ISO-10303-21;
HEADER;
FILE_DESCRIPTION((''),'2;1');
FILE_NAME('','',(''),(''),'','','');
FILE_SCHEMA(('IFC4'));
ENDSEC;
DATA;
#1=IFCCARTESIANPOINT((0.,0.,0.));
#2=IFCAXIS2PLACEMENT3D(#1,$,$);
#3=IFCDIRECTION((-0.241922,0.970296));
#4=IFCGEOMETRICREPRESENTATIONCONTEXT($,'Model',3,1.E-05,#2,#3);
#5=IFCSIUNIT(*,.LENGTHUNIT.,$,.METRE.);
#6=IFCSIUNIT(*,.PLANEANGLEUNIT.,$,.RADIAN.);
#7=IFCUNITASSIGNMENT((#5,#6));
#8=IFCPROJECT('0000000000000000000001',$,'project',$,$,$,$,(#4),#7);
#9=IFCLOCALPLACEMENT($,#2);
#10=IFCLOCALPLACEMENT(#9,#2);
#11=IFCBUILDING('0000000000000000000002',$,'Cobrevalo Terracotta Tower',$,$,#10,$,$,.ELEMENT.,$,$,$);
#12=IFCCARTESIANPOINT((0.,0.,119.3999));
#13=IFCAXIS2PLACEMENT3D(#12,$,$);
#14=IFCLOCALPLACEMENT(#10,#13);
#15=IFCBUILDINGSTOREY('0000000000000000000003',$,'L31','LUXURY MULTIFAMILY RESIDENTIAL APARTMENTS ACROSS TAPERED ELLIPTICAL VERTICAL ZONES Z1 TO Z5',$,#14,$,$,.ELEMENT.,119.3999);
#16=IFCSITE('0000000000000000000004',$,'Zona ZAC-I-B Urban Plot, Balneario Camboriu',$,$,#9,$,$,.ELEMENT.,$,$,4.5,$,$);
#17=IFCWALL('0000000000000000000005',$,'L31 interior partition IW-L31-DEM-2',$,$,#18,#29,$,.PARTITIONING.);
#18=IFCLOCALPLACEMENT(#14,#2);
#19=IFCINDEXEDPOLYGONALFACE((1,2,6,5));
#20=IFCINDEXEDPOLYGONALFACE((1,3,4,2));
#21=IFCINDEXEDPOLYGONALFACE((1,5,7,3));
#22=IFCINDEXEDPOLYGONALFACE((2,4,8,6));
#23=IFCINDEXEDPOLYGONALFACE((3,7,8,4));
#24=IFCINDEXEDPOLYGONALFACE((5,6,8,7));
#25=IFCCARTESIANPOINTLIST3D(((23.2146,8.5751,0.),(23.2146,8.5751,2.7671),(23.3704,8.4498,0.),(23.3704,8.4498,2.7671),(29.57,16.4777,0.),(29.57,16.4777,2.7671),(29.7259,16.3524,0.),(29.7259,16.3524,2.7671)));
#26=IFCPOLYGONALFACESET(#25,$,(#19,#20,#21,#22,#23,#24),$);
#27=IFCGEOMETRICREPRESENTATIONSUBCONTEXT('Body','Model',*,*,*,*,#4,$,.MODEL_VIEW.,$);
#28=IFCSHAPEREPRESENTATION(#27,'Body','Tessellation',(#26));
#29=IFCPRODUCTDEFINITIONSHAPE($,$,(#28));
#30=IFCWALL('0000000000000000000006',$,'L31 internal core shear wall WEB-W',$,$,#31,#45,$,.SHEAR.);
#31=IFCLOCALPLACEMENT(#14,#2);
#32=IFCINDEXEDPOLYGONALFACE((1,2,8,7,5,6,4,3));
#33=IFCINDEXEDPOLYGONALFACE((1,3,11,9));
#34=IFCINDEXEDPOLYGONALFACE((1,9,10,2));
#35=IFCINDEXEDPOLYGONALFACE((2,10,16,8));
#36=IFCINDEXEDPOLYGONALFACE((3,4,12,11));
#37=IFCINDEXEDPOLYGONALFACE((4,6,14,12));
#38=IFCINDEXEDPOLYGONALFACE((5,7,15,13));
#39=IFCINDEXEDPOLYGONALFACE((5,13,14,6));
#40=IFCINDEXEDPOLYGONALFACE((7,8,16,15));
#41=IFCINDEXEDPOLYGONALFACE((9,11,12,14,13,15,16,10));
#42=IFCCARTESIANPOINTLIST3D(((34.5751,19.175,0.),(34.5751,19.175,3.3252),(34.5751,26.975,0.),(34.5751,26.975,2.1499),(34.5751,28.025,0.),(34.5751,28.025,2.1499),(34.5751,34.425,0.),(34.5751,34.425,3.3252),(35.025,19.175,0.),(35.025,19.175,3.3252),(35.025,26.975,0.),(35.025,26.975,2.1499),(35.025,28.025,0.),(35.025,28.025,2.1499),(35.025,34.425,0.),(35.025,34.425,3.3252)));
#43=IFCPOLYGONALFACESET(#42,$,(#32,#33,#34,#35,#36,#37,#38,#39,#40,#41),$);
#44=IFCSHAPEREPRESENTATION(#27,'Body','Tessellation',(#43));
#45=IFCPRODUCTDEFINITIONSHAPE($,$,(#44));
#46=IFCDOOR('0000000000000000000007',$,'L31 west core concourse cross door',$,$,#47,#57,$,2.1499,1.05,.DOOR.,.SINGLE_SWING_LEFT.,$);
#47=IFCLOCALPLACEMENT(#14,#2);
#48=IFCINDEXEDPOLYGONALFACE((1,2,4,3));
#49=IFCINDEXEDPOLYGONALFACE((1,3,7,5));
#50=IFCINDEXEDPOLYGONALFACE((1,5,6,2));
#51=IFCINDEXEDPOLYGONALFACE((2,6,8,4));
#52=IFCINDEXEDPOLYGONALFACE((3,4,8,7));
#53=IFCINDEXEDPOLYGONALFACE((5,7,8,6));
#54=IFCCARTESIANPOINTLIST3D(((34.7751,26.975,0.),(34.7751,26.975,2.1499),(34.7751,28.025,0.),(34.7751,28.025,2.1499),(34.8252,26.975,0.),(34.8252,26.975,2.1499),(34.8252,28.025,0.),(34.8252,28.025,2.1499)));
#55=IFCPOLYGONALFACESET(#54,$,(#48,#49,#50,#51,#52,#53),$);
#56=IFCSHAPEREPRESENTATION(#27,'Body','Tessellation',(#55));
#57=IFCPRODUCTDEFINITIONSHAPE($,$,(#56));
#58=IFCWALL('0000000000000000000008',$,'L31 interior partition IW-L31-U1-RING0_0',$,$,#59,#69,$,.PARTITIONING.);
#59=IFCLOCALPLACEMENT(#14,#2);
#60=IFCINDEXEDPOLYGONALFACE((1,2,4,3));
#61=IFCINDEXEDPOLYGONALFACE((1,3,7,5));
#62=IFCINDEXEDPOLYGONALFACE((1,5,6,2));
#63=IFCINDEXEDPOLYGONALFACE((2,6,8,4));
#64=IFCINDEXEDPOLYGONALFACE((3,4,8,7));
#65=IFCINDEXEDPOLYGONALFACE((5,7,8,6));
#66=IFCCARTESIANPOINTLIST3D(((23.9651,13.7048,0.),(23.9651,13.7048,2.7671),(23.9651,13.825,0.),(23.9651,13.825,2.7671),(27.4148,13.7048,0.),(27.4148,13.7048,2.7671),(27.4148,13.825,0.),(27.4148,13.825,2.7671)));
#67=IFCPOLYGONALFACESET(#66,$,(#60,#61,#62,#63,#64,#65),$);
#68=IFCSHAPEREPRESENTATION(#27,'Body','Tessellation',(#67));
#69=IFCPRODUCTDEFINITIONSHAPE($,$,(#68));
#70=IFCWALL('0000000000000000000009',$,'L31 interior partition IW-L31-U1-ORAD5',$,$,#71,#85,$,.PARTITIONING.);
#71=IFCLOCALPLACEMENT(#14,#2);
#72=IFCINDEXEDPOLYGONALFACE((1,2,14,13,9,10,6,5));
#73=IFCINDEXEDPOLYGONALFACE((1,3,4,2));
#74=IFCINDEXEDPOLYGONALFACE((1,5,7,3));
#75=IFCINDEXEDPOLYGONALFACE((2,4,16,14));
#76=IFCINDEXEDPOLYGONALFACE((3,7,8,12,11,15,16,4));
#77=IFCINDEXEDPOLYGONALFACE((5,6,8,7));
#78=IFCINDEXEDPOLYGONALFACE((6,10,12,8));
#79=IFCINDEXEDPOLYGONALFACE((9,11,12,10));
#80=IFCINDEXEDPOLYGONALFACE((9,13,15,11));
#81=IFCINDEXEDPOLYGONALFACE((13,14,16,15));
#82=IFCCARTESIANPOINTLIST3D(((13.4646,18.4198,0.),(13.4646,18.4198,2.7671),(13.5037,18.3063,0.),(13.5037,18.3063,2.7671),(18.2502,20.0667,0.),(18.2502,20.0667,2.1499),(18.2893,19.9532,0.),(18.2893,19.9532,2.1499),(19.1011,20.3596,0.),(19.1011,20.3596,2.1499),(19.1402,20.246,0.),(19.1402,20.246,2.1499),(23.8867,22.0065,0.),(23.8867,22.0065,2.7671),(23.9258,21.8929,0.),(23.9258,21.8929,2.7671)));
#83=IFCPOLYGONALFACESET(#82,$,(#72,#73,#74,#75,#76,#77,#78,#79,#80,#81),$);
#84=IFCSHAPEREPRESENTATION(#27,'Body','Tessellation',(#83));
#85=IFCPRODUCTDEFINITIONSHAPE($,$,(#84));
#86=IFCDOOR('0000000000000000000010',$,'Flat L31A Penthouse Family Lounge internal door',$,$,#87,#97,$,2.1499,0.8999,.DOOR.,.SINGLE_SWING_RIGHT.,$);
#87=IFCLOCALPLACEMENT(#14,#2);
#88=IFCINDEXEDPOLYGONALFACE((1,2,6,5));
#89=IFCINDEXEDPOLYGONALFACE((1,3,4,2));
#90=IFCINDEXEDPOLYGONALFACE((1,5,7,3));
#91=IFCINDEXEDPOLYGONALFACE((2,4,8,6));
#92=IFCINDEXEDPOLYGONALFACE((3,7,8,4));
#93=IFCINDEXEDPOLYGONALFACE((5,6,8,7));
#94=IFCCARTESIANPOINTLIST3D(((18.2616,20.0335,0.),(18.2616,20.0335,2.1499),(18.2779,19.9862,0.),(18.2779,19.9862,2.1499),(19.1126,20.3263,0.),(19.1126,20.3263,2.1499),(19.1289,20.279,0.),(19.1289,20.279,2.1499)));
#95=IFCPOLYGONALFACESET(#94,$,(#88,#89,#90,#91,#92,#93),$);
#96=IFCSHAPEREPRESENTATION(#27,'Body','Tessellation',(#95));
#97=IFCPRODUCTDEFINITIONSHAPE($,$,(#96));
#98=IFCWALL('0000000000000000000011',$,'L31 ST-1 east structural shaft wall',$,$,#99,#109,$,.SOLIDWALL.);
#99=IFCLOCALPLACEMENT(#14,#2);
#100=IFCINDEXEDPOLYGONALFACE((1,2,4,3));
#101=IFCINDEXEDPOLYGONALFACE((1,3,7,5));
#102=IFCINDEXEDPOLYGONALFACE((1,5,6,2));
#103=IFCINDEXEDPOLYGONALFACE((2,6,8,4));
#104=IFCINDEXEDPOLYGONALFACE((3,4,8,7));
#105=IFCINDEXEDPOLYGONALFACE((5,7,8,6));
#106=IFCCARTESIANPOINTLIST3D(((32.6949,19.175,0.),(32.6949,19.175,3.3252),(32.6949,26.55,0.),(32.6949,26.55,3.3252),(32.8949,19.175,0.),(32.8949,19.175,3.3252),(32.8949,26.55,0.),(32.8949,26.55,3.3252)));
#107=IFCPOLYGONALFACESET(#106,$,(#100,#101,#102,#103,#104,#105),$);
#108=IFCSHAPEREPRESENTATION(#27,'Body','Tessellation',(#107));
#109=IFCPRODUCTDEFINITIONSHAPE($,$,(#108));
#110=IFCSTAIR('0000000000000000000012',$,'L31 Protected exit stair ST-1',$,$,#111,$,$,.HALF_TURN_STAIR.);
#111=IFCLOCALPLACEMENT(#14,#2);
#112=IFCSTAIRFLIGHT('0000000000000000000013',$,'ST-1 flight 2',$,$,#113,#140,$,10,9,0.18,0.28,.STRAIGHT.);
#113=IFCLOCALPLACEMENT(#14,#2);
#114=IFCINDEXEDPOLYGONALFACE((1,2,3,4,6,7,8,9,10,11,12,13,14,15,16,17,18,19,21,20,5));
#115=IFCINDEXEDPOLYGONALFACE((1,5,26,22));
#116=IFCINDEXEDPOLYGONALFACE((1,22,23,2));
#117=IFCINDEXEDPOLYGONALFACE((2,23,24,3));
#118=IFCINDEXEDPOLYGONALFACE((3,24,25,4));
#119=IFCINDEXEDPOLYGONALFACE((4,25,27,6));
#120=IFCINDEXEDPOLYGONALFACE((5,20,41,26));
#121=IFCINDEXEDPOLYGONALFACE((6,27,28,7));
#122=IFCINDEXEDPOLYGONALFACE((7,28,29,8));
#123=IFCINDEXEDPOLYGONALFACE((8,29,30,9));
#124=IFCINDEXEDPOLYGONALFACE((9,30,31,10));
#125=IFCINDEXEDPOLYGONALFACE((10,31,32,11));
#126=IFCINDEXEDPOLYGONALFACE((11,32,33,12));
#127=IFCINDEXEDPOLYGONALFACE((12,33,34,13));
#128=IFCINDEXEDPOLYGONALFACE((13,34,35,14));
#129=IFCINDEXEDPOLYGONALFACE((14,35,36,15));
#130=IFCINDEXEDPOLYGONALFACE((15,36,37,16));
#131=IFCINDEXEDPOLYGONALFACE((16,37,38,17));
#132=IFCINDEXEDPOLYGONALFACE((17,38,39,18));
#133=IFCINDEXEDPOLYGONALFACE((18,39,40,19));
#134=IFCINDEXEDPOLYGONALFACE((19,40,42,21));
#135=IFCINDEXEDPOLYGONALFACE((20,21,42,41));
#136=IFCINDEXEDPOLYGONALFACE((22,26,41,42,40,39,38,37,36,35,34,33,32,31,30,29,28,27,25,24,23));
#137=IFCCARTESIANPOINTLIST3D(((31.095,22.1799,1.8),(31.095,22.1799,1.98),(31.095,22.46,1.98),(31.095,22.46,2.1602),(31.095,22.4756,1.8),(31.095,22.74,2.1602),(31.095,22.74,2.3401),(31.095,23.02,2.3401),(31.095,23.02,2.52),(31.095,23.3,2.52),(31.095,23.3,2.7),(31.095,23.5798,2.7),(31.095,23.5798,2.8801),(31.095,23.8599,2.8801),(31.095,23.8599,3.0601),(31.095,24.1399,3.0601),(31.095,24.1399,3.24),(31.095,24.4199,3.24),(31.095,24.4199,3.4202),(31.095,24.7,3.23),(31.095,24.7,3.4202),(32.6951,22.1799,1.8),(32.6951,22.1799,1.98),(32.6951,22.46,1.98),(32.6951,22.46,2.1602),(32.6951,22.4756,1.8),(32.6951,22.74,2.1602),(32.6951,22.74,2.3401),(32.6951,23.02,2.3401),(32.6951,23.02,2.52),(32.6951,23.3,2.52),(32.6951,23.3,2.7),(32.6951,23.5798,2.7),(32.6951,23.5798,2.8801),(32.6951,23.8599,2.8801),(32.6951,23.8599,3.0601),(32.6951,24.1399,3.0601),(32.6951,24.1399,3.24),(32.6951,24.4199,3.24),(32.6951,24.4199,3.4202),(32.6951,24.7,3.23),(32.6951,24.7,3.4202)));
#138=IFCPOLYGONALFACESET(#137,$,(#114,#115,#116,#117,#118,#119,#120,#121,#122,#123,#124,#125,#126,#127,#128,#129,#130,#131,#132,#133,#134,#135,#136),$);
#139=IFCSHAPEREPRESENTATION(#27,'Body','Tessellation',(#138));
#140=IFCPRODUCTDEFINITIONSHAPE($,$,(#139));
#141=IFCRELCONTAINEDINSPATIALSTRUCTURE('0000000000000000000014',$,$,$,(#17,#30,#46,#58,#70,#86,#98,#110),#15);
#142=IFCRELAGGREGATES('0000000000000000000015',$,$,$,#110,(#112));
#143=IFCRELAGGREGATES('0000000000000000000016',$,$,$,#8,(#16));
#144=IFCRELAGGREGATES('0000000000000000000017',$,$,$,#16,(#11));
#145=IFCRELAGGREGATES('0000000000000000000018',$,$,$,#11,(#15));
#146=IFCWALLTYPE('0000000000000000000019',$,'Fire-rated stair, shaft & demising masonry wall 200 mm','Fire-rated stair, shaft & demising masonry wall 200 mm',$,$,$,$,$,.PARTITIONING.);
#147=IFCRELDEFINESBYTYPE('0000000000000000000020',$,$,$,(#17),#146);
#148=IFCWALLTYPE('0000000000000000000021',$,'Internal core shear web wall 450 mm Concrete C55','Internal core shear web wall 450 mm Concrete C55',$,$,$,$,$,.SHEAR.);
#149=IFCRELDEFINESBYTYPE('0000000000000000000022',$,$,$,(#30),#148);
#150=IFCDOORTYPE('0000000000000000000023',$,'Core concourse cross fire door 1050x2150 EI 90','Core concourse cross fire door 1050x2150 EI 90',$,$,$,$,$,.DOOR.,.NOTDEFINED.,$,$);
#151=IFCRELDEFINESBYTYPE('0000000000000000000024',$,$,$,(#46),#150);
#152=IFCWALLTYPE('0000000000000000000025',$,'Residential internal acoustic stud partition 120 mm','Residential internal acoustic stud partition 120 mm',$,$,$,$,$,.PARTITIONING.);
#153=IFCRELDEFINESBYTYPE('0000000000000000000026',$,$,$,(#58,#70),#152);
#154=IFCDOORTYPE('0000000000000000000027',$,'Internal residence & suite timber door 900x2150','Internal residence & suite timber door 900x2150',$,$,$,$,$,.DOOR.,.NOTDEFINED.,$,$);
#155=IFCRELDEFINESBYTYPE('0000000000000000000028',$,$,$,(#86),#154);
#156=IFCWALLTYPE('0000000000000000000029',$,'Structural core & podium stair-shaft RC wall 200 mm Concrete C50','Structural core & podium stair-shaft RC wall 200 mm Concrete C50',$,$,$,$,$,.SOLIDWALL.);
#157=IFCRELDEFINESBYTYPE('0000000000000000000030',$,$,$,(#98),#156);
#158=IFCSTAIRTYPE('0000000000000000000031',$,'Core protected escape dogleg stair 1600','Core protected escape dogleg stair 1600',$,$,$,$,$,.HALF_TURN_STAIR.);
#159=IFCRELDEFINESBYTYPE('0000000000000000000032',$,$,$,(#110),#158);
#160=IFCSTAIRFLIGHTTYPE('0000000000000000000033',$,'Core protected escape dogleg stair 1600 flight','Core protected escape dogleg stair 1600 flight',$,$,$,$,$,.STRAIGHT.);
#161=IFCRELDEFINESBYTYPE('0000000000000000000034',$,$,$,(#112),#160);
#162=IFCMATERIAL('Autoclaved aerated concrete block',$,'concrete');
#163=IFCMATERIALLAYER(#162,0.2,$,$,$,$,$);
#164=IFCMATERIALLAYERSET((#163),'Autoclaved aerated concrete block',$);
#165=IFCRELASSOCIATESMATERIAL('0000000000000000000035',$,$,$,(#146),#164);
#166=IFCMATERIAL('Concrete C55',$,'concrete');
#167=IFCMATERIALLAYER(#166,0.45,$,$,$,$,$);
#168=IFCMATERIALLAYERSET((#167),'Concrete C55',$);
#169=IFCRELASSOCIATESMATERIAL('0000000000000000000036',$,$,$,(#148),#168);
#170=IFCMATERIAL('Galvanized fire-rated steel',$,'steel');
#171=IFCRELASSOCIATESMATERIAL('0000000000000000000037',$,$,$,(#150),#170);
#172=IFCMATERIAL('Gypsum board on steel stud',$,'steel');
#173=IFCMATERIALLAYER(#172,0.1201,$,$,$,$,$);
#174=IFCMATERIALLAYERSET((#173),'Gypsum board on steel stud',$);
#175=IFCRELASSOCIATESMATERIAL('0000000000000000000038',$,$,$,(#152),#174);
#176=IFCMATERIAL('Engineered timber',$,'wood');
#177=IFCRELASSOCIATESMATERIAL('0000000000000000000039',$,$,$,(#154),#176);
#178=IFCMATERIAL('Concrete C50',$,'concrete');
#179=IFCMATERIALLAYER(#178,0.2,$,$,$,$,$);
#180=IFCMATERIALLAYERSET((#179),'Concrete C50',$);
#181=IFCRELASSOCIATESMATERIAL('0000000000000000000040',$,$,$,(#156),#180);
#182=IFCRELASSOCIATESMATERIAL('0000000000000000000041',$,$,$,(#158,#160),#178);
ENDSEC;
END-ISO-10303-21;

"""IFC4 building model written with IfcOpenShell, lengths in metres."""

from ifc_helpers import new_model, si_unit, direction, frame, frame_2d, origin, place, context, subcontext, project, spatial, polyline, rectangle, outline, extrude, source, transform, mapped, material, layer, layer_set, type_object, element, fill, aggregate, save


model = new_model("IFC4")

# Units and contexts
model_context = context("Model", 3, precision=1e-05, world=origin(), true_north=direction((-0.241922, 0.970296)))
body_context = subcontext(model_context, "Body", "Model", "MODEL_VIEW")
ifc_project = project(units=[si_unit("LENGTHUNIT", "METRE"), si_unit("PLANEANGLEUNIT", "RADIAN")], contexts=[model_context])

# Site, building, storey
site_placement = place(None, origin())
site = spatial("IfcSite", under=ifc_project, at=site_placement, Name="Zona ZAC-I-B Urban Plot, Balneario Camboriu", CompositionType="ELEMENT", RefElevation=4.5)
building_placement = place(site_placement, origin())
building = spatial("IfcBuilding", under=site, at=building_placement, Name="Cobrevalo Terracotta Tower", CompositionType="ELEMENT")
storey_placement = place(building_placement, frame((0.0, 0.0, 119.3999)))
storey = spatial("IfcBuildingStorey", under=building, at=storey_placement, Name="L31", Description="LUXURY MULTIFAMILY RESIDENTIAL APARTMENTS ACROSS TAPERED ELLIPTICAL VERTICAL ZONES Z1 TO Z5", CompositionType="ELEMENT", Elevation=119.3999)

# Shared definitions
ifc_material_1 = material(Name="Concrete C55", Category="concrete")

# Shared definitions
ifc_material_2 = material(Name="Galvanized fire-rated steel", Category="steel")

# Shared definitions
ifc_material_3 = material(Name="Gypsum board on steel stud", Category="steel")

# Wall
ifc_material_4 = material(Name="Autoclaved aerated concrete block", Category="concrete")
ifc_layer_1 = layer(ifc_material_4, 0.2)
ifc_layer_set_1 = layer_set([ifc_layer_1], Name="Autoclaved aerated concrete block")
wall_type_1 = type_object("IfcWallType", Name="Fire-rated stair, shaft & demising masonry wall 200 mm", Description="Fire-rated stair, shaft & demising masonry wall 200 mm", PredefinedType="PARTITIONING", material=ifc_layer_set_1)
wall_1_placement = place(storey_placement, frame((29.6479, 16.415, 0.0), z_axis=(0.0, 0.0, 1.0), x_axis=(-0.626701, -0.77926, 0.0)))
element("IfcWall", 1, at=wall_1_placement, inside=storey, type_object=wall_type_1, Name="L31 interior partition IW-L31-DEM-2", PredefinedType="PARTITIONING", context=body_context, shape_type="SweptSolid", body=[
    extrude(rectangle(XDim=10.1411, YDim=0.2, at=frame_2d((5.0706, 0.0))), origin(), (0.0, 0.0, 1.0), 2.7671),
])

# Wall, opening, door
ifc_layer_2 = layer(ifc_material_1, 0.45)
ifc_layer_set_2 = layer_set([ifc_layer_2], Name="Concrete C55")
wall_type_2 = type_object("IfcWallType", Name="Internal core shear web wall 450 mm Concrete C55", Description="Internal core shear web wall 450 mm Concrete C55", PredefinedType="SHEAR", material=ifc_layer_set_2)
wall_2_placement = place(storey_placement, frame((34.8, 19.175, 0.0), z_axis=(0.0, 0.0, 1.0), x_axis=(0.0, 1.0, 0.0)))
wall_2 = element("IfcWall", 2, at=wall_2_placement, inside=storey, type_object=wall_type_2, Name="L31 internal core shear wall WEB-W", PredefinedType="SHEAR", context=body_context, shape_type="SweptSolid", body=[
    extrude(rectangle(XDim=15.25, YDim=0.45, at=frame_2d((7.625, 0.0))), origin(), (0.0, 0.0, 1.0), 3.3252),
])
opening_1_placement = place(wall_2_placement, frame((7.8, 0.0, 0.0)))
opening_1 = element("IfcOpeningElement", 3, at=opening_1_placement, cuts=wall_2, PredefinedType="OPENING", context=body_context, shape_type="SweptSolid", body=[
    extrude(rectangle(XDim=1.05, YDim=2.1499, at=frame_2d((0.5249, 1.075))), frame((0.0, 0.2349, 0.0), z_axis=(0.0, -1.0, 0.0), x_axis=(1.0, 0.0, 0.0)), (0.0, 0.0, 1.0), 0.47),
])
door_type_1 = type_object("IfcDoorType", Name="Core concourse cross fire door 1050x2150 EI 90", Description="Core concourse cross fire door 1050x2150 EI 90", OperationType="NOTDEFINED", PredefinedType="DOOR", material=ifc_material_2)
shared_shape_1 = source(origin(), body_context, "Body", "SweptSolid", [
    extrude(rectangle(XDim=1.05, YDim=2.1499, at=frame_2d((0.5249, 1.075))), frame((0.0, 0.0249, 0.0), z_axis=(0.0, -1.0, 0.0), x_axis=(1.0, 0.0, 0.0)), (0.0, 0.0, 1.0), 0.05),
])
door_1_placement = place(opening_1_placement, origin())
door_1 = element("IfcDoor", 4, at=door_1_placement, inside=storey, type_object=door_type_1, Name="L31 west core concourse cross door", OperationType="SINGLE_SWING_LEFT", OverallHeight=2.1499, OverallWidth=1.05, PredefinedType="DOOR", context=body_context, shape_type="MappedRepresentation", body=[
    mapped(shared_shape_1, transform((0.0, 0.0, 0.0), scale=1.0)),
])
fill(opening_1, door_1)

# Wall
ifc_layer_3 = layer(ifc_material_3, 0.1201)
ifc_layer_set_3 = layer_set([ifc_layer_3], Name="Gypsum board on steel stud")
wall_type_3 = type_object("IfcWallType", Name="Residential internal acoustic stud partition 120 mm", Description="Residential internal acoustic stud partition 120 mm", PredefinedType="PARTITIONING", material=ifc_layer_set_3)
wall_3_placement = place(storey_placement, frame((27.4148, 13.7649, 0.0), z_axis=(0.0, 0.0, 1.0), x_axis=(-1.0, 0.0, 0.0)))
element("IfcWall", 5, at=wall_3_placement, inside=storey, type_object=wall_type_3, Name="L31 interior partition IW-L31-U1-RING0_0", PredefinedType="PARTITIONING", context=body_context, shape_type="SweptSolid", body=[
    extrude(rectangle(XDim=3.4497, YDim=0.1201, at=frame_2d((1.7249, 0.0))), origin(), (0.0, 0.0, 1.0), 2.7671),
])

# Wall, opening, door
wall_4_placement = place(storey_placement, frame((23.9062, 21.9497, 0.0), z_axis=(0.0, 0.0, 1.0), x_axis=(-0.945573, -0.32541, 0.0)))
wall_4 = element("IfcWall", 6, at=wall_4_placement, inside=storey, type_object=wall_type_3, Name="L31 interior partition IW-L31-U1-ORAD5", PredefinedType="PARTITIONING", context=body_context, shape_type="SweptSolid", body=[
    extrude(rectangle(XDim=11.022, YDim=0.1201, at=frame_2d((5.511, 0.0))), origin(), (0.0, 0.0, 1.0), 2.7671),
])
opening_2_placement = place(wall_4_placement, frame((5.061, 0.0, 0.0)))
opening_2 = element("IfcOpeningElement", 7, at=opening_2_placement, cuts=wall_4, PredefinedType="OPENING", context=body_context, shape_type="SweptSolid", body=[
    extrude(rectangle(XDim=0.8999, YDim=2.1499, at=frame_2d((0.45, 1.075))), frame((0.0, 0.0701, 0.0), z_axis=(0.0, -1.0, 0.0), x_axis=(1.0, 0.0, 0.0)), (0.0, 0.0, 1.0), 0.1401),
])
ifc_material_5 = material(Name="Engineered timber", Category="wood")
door_type_2 = type_object("IfcDoorType", Name="Internal residence & suite timber door 900x2150", Description="Internal residence & suite timber door 900x2150", OperationType="NOTDEFINED", PredefinedType="DOOR", material=ifc_material_5)
shared_shape_2 = source(origin(), body_context, "Body", "SweptSolid", [
    extrude(rectangle(XDim=0.8999, YDim=2.1499, at=frame_2d((0.45, 1.075))), frame((0.0, 0.0249, 0.0), z_axis=(0.0, -1.0, 0.0), x_axis=(1.0, 0.0, 0.0)), (0.0, 0.0, 1.0), 0.05),
])
door_2_placement = place(opening_2_placement, frame((0.8999, 0.0, 0.0), z_axis=(0.0, 0.0, 1.0), x_axis=(-1.0, 0.0, 0.0)))
door_2 = element("IfcDoor", 8, at=door_2_placement, inside=storey, type_object=door_type_2, Name="Flat L31A Penthouse Family Lounge internal door", OperationType="SINGLE_SWING_RIGHT", OverallHeight=2.1499, OverallWidth=0.8999, PredefinedType="DOOR", context=body_context, shape_type="MappedRepresentation", body=[
    mapped(shared_shape_2, transform((0.0, 0.0, 0.0), scale=1.0)),
])
fill(opening_2, door_2)

# Wall
ifc_material_6 = material(Name="Concrete C50", Category="concrete")
ifc_layer_4 = layer(ifc_material_6, 0.2)
ifc_layer_set_4 = layer_set([ifc_layer_4], Name="Concrete C50")
wall_type_4 = type_object("IfcWallType", Name="Structural core & podium stair-shaft RC wall 200 mm Concrete C50", Description="Structural core & podium stair-shaft RC wall 200 mm Concrete C50", PredefinedType="SOLIDWALL", material=ifc_layer_set_4)
wall_5_placement = place(storey_placement, frame((32.7949, 19.175, 0.0), z_axis=(0.0, 0.0, 1.0), x_axis=(0.0, 1.0, 0.0)))
element("IfcWall", 9, at=wall_5_placement, inside=storey, type_object=wall_type_4, Name="L31 ST-1 east structural shaft wall", PredefinedType="SOLIDWALL", context=body_context, shape_type="SweptSolid", body=[
    extrude(rectangle(XDim=7.375, YDim=0.2, at=frame_2d((3.6875, 0.0))), origin(), (0.0, 0.0, 1.0), 3.3252),
])

# Stair, stair flight
stair_type = type_object("IfcStairType", Name="Core protected escape dogleg stair 1600", Description="Core protected escape dogleg stair 1600", PredefinedType="HALF_TURN_STAIR", material=ifc_material_6)
stair_placement = place(storey_placement, origin())
stair = element("IfcStair", 10, at=stair_placement, inside=storey, type_object=stair_type, Name="L31 Protected exit stair ST-1", PredefinedType="HALF_TURN_STAIR")
stair_flight_type = type_object("IfcStairFlightType", Name="Core protected escape dogleg stair 1600 flight", Description="Core protected escape dogleg stair 1600 flight", PredefinedType="STRAIGHT", material=ifc_material_6)
stair_flight_placement = place(storey_placement, frame((31.895, 22.1799, 1.8), z_axis=(0.0, 0.0, 1.0), x_axis=(0.0, 1.0, 0.0)))
stair_flight = element("IfcStairFlight", 11, at=stair_flight_placement, type_object=stair_flight_type, Name="ST-1 flight 2", NumberOfRisers=10, NumberOfTreads=9, PredefinedType="STRAIGHT", RiserHeight=0.18, TreadLength=0.28, context=body_context, shape_type="SweptSolid", body=[
    extrude(outline(polyline([(0.0, 0.0), (0.0, 0.1799), (0.28, 0.1799), (0.28, 0.3601), (0.5601, 0.3601), (0.5601, 0.54), (0.8401, 0.54), (0.8401, 0.72), (1.1201, 0.72), (1.1201, 0.8999), (1.3999, 0.8999), (1.3999, 1.0801), (1.6799, 1.0801), (1.6799, 1.26), (1.96, 1.26), (1.96, 1.4399), (2.24, 1.4399), (2.24, 1.6201), (2.52, 1.6201), (2.52, 1.8), (2.52, 1.4299), (0.2957, 0.0), (0.0, 0.0)])), frame((0.0, 0.8, 0.0), z_axis=(0.0, -1.0, 0.0), x_axis=(1.0, 0.0, 0.0)), (0.0, 0.0, 1.0), 1.6001),
])
aggregate(stair, [stair_flight])

save(model, "model.ifc")
